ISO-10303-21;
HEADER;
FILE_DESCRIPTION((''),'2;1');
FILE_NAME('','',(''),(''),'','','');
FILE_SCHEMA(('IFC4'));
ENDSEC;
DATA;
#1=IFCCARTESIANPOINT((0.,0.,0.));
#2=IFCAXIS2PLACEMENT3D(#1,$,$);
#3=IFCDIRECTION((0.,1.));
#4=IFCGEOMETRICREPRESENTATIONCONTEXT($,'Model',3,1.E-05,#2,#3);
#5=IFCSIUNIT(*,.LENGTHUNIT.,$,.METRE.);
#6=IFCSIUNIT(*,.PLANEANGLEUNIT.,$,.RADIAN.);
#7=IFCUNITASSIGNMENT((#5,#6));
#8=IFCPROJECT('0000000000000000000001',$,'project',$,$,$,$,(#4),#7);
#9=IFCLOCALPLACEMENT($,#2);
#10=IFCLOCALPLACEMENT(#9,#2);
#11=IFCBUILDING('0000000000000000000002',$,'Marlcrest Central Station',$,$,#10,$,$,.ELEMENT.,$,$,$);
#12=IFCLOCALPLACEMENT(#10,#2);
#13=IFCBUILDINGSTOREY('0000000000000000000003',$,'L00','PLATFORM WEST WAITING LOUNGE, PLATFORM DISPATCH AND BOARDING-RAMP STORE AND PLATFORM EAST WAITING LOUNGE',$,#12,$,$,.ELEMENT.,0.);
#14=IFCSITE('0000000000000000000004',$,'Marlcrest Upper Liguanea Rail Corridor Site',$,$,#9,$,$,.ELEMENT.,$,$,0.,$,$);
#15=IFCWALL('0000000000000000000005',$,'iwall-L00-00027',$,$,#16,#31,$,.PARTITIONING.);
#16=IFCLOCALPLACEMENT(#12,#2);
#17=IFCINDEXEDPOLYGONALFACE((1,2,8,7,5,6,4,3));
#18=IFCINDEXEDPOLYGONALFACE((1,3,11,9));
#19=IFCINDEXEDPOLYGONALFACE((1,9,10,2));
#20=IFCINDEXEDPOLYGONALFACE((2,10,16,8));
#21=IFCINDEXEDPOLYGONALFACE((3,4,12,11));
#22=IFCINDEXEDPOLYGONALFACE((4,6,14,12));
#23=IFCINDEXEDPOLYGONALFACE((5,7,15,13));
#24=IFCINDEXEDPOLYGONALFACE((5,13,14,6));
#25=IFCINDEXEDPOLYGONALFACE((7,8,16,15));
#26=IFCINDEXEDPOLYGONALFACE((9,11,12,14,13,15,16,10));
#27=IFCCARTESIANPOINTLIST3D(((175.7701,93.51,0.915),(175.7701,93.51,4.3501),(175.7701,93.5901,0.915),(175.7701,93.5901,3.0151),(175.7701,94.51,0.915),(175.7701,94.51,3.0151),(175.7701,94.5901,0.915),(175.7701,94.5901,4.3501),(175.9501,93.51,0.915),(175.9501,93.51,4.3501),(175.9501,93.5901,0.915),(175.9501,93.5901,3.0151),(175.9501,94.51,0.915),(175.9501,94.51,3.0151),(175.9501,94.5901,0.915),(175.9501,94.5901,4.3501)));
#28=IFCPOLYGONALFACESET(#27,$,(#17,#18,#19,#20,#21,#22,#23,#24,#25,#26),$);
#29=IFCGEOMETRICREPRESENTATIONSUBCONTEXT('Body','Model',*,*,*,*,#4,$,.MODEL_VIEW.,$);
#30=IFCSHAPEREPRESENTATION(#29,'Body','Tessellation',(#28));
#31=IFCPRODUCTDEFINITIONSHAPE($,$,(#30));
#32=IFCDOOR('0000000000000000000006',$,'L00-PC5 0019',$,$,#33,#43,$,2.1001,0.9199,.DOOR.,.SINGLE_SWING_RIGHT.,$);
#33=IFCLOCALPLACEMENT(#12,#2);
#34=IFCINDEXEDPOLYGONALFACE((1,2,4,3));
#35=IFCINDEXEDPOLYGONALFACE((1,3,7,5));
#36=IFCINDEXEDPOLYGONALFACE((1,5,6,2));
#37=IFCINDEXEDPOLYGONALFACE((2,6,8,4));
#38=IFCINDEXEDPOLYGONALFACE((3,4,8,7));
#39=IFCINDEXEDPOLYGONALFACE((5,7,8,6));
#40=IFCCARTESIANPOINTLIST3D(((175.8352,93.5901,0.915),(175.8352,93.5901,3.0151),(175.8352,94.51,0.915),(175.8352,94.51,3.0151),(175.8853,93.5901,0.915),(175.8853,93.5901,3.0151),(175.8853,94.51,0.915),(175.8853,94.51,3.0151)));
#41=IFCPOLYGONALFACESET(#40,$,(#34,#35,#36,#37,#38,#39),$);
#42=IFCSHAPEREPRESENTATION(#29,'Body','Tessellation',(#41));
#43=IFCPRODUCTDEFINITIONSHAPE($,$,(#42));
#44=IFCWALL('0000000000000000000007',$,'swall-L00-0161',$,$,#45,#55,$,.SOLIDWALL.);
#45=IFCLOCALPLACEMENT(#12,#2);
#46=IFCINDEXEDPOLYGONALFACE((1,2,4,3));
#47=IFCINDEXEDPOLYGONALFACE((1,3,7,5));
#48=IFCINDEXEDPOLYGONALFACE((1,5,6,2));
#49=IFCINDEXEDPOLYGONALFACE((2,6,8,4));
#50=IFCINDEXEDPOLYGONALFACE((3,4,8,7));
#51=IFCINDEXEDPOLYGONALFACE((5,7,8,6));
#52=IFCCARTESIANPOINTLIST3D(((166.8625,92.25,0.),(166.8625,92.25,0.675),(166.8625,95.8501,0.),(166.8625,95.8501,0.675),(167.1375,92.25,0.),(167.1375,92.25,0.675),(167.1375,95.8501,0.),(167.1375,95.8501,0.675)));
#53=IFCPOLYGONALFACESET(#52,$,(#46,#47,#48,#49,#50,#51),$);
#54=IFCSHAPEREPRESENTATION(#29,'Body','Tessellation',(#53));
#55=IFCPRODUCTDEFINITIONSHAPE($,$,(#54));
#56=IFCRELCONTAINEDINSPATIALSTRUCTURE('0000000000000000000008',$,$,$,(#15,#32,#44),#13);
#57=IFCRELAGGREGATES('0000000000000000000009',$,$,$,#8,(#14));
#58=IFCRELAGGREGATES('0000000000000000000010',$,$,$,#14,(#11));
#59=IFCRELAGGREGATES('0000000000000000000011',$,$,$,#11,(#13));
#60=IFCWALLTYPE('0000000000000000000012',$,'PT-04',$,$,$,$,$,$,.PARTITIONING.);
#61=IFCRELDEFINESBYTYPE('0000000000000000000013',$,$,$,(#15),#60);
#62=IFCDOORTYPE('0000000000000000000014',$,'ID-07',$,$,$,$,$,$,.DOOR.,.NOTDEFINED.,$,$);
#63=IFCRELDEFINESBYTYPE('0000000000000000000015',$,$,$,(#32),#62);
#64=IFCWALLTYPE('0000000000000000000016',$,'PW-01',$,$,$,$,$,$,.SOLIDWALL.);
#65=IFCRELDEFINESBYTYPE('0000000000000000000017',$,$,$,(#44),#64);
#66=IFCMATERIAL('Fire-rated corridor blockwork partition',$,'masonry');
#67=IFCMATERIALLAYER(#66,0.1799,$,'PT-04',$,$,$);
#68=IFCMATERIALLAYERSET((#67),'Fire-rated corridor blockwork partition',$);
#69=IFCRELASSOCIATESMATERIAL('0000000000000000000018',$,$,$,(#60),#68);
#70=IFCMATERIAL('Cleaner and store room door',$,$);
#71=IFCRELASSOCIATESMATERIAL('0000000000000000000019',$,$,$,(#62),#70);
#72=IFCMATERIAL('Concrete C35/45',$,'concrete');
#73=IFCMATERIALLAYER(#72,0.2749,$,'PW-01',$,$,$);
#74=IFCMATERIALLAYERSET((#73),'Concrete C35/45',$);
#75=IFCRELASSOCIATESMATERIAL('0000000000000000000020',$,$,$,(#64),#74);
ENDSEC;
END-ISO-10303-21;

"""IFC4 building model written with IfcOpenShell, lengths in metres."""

from ifc_helpers import new_model, si_unit, direction, frame, frame_2d, origin, place, context, subcontext, project, spatial, rectangle, extrude, material, layer, layer_set, type_object, element, fill, save


model = new_model("IFC4")

# Units and contexts
model_context = context("Model", 3, precision=1e-05, world=origin(), true_north=direction((0.0, 1.0)))
body_context = subcontext(model_context, "Body", "Model", "MODEL_VIEW")
ifc_project = project(units=[si_unit("LENGTHUNIT", "METRE"), si_unit("PLANEANGLEUNIT", "RADIAN")], contexts=[model_context])

# Site, building, storey
site_placement = place(None, origin())
site = spatial("IfcSite", under=ifc_project, at=site_placement, Name="Marlcrest Upper Liguanea Rail Corridor Site", CompositionType="ELEMENT", RefElevation=0.0)
building_placement = place(site_placement, origin())
building = spatial("IfcBuilding", under=site, at=building_placement, Name="Marlcrest Central Station", CompositionType="ELEMENT")
storey_placement = place(building_placement, origin())
storey = spatial("IfcBuildingStorey", under=building, at=storey_placement, Name="L00", Description="PLATFORM WEST WAITING LOUNGE, PLATFORM DISPATCH AND BOARDING-RAMP STORE AND PLATFORM EAST WAITING LOUNGE", CompositionType="ELEMENT", Elevation=0.0)

# Shared definitions
ifc_material_1 = material(Name="Concrete C35/45", Category="concrete")

# Wall, opening, door
ifc_material_2 = material(Name="Fire-rated corridor blockwork partition", Category="masonry")
ifc_layer_1 = layer(ifc_material_2, 0.1799, Name="PT-04")
ifc_layer_set_1 = layer_set([ifc_layer_1], Name="Fire-rated corridor blockwork partition")
wall_type_1 = type_object("IfcWallType", Name="PT-04", PredefinedType="PARTITIONING", material=ifc_layer_set_1)
wall_1_placement = place(storey_placement, frame((175.8601, 93.51, 0.915), z_axis=(0.0, 0.0, 1.0), x_axis=(0.0, 1.0, 0.0)))
wall_1 = element("IfcWall", 1, at=wall_1_placement, inside=storey, type_object=wall_type_1, Name="iwall-L00-00027", PredefinedType="PARTITIONING", context=body_context, shape_type="SweptSolid", body=[
    extrude(rectangle(XDim=1.0801, YDim=0.1799, at=frame_2d((0.54, 0.0))), origin(), (0.0, 0.0, 1.0), 3.4351),
])
opening_placement = place(wall_1_placement, frame((0.0801, 0.0, 0.0)))
opening = element("IfcOpeningElement", 2, at=opening_placement, cuts=wall_1, PredefinedType="OPENING", context=body_context, shape_type="SweptSolid", body=[
    extrude(rectangle(XDim=0.9199, YDim=2.1001, at=frame_2d((0.46, 1.05))), frame((0.0, 0.0999, 0.0), z_axis=(0.0, -1.0, 0.0), x_axis=(1.0, 0.0, 0.0)), (0.0, 0.0, 1.0), 0.2),
])
ifc_material_3 = material(Name="Cleaner and store room door")
door_type = type_object("IfcDoorType", Name="ID-07", OperationType="NOTDEFINED", PredefinedType="DOOR", material=ifc_material_3)
door_placement = place(opening_placement, origin())
door = element("IfcDoor", 3, at=door_placement, inside=storey, type_object=door_type, Name="L00-PC5 0019", OperationType="SINGLE_SWING_RIGHT", OverallHeight=2.1001, OverallWidth=0.9199, PredefinedType="DOOR", context=body_context, shape_type="SweptSolid", body=[
    extrude(rectangle(XDim=0.9199, YDim=2.1001, at=frame_2d((0.46, 1.05))), frame((0.0, 0.0249, 0.0), z_axis=(0.0, -1.0, 0.0), x_axis=(1.0, 0.0, 0.0)), (0.0, 0.0, 1.0), 0.05),
])
fill(opening, door)

# Wall
ifc_layer_2 = layer(ifc_material_1, 0.2749, Name="PW-01")
ifc_layer_set_2 = layer_set([ifc_layer_2], Name="Concrete C35/45")
wall_type_2 = type_object("IfcWallType", Name="PW-01", PredefinedType="SOLIDWALL", material=ifc_layer_set_2)
wall_2_placement = place(storey_placement, frame((167.0, 92.25, 0.0), z_axis=(0.0, 0.0, 1.0), x_axis=(0.0, 1.0, 0.0)))
element("IfcWall", 4, at=wall_2_placement, inside=storey, type_object=wall_type_2, Name="swall-L00-0161", PredefinedType="SOLIDWALL", context=body_context, shape_type="SweptSolid", body=[
    extrude(rectangle(XDim=3.6001, YDim=0.2749, at=frame_2d((1.8, 0.0))), origin(), (0.0, 0.0, 1.0), 0.675),
])

save(model, "model.ifc")
